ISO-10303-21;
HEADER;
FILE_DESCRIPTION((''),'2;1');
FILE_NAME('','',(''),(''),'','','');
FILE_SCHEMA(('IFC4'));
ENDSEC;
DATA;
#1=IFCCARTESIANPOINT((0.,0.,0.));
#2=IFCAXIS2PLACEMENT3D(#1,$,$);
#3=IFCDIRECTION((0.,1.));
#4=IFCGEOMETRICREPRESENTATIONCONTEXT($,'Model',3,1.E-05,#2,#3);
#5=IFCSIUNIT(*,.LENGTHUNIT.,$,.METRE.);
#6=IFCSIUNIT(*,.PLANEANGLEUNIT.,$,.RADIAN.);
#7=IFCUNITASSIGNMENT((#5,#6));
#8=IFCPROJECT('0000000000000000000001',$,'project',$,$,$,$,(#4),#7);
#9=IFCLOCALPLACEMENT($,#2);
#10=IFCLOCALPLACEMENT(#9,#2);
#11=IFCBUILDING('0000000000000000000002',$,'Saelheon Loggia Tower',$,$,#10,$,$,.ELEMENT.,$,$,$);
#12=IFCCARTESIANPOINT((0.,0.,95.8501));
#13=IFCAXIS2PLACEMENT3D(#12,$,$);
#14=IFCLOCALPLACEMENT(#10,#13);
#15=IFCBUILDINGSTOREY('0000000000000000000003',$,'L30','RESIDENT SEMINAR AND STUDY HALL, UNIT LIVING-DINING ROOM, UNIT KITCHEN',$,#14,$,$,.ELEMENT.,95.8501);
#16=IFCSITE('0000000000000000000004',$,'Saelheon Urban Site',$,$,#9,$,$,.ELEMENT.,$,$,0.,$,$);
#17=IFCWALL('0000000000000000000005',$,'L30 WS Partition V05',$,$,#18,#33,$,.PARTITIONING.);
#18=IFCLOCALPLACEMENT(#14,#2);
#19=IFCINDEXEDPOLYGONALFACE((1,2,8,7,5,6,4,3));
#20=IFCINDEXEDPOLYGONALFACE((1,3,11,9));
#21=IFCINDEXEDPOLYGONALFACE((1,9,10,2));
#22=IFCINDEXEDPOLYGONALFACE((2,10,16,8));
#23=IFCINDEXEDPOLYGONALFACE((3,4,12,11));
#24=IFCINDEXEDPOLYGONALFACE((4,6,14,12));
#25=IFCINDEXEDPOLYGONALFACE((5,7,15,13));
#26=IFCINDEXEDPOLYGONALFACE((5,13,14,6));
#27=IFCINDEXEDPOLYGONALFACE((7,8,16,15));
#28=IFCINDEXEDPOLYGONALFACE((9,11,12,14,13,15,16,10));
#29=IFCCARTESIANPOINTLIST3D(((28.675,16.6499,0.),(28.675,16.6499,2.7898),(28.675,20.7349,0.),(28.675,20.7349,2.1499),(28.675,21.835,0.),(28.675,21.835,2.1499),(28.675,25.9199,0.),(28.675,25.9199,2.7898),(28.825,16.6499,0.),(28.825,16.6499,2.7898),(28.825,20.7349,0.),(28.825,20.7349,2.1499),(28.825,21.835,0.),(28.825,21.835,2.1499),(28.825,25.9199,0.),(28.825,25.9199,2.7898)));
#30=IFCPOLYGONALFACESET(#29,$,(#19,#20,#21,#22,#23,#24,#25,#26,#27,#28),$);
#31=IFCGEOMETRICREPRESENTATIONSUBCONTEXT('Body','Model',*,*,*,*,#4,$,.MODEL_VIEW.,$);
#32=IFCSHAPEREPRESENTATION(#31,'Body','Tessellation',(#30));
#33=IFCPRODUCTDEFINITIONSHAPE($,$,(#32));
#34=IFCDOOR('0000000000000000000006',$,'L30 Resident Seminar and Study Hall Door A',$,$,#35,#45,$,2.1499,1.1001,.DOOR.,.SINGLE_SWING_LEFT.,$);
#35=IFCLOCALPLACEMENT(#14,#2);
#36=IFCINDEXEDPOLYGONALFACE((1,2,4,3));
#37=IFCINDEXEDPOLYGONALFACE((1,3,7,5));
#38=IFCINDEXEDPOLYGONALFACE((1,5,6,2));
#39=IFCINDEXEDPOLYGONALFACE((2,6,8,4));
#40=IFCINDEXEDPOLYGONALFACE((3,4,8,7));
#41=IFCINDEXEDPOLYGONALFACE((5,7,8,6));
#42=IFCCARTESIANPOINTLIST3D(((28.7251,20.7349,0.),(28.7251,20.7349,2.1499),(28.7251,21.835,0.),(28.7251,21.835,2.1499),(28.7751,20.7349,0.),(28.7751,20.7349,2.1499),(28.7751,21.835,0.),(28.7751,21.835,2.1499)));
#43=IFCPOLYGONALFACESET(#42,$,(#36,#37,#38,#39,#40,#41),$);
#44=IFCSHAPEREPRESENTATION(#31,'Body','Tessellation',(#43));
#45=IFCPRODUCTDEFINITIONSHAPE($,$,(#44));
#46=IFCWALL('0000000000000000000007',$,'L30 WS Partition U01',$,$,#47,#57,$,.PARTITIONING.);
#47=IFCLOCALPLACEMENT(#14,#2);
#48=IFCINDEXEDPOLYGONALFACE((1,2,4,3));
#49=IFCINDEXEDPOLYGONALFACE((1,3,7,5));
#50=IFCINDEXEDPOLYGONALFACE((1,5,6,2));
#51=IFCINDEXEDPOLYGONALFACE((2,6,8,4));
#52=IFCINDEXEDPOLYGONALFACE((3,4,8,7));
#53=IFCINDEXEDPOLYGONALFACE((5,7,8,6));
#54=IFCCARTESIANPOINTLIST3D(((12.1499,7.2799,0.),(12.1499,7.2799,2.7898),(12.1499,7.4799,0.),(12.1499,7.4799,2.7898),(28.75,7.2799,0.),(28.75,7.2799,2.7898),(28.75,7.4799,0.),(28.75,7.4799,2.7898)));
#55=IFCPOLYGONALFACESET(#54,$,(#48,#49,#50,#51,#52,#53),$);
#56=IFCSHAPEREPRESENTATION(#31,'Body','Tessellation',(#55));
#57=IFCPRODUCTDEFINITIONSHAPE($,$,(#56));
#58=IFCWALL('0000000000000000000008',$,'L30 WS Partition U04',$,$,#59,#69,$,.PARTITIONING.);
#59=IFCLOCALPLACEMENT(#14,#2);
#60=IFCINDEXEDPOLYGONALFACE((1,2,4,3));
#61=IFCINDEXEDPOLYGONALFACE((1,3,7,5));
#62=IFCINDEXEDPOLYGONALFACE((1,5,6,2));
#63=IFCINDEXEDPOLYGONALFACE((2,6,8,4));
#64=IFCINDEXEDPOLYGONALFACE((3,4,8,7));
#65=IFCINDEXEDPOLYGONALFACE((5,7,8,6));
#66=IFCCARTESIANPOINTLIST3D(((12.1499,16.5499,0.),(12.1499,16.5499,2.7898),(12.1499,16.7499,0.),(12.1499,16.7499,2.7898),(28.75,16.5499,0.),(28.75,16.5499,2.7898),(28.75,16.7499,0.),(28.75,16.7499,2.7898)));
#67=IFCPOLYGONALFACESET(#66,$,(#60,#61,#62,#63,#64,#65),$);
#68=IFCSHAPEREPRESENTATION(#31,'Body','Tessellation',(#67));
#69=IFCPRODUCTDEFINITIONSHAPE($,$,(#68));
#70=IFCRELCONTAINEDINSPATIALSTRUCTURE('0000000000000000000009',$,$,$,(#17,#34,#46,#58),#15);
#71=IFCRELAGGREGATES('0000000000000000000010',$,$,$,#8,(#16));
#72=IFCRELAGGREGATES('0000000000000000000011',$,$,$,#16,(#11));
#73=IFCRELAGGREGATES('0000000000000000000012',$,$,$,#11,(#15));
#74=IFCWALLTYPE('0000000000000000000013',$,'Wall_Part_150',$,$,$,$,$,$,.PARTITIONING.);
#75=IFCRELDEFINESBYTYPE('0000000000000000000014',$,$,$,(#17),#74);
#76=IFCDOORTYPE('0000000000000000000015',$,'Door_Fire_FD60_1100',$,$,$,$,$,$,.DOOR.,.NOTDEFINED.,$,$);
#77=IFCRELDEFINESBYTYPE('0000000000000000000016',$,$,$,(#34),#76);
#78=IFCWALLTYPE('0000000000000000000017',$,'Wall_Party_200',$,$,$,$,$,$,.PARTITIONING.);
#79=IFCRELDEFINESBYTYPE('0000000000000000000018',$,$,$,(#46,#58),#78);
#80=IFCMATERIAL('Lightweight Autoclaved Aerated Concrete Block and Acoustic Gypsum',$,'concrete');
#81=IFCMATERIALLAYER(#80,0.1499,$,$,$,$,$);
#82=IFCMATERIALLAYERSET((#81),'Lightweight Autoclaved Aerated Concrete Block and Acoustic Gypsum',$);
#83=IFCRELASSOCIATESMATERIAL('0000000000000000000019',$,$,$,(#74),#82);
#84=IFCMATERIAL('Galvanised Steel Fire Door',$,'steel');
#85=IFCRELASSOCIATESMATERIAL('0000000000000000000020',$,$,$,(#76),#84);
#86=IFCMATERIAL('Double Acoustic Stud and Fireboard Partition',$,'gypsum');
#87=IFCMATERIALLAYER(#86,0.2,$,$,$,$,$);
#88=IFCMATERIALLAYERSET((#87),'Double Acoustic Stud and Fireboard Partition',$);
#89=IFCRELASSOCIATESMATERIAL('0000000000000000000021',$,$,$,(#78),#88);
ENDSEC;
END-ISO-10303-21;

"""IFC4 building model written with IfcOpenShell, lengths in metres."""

from ifc_helpers import new_model, si_unit, direction, frame, frame_2d, origin, place, context, subcontext, project, spatial, rectangle, extrude, source, transform, mapped, material, layer, layer_set, type_object, element, fill, save


model = new_model("IFC4")

# Units and contexts
model_context = context("Model", 3, precision=1e-05, world=origin(), true_north=direction((0.0, 1.0)))
body_context = subcontext(model_context, "Body", "Model", "MODEL_VIEW")
ifc_project = project(units=[si_unit("LENGTHUNIT", "METRE"), si_unit("PLANEANGLEUNIT", "RADIAN")], contexts=[model_context])

# Site, building, storey
site_placement = place(None, origin())
site = spatial("IfcSite", under=ifc_project, at=site_placement, Name="Saelheon Urban Site", CompositionType="ELEMENT", RefElevation=0.0)
building_placement = place(site_placement, origin())
building = spatial("IfcBuilding", under=site, at=building_placement, Name="Saelheon Loggia Tower", CompositionType="ELEMENT")
storey_placement = place(building_placement, frame((0.0, 0.0, 95.8501)))
storey = spatial("IfcBuildingStorey", under=building, at=storey_placement, Name="L30", Description="RESIDENT SEMINAR AND STUDY HALL, UNIT LIVING-DINING ROOM, UNIT KITCHEN", CompositionType="ELEMENT", Elevation=95.8501)

# Shared definitions
shared_shape_1 = source(origin(), body_context, "Body", "SweptSolid", [
    extrude(rectangle(XDim=1.1001, YDim=2.1499, at=frame_2d((0.55, 1.075))), frame((0.0, 0.0249, 0.0), z_axis=(0.0, -1.0, 0.0), x_axis=(1.0, 0.0, 0.0)), (0.0, 0.0, 1.0), 0.05),
])

# Wall, opening, door
ifc_material_1 = material(Name="Lightweight Autoclaved Aerated Concrete Block and Acoustic Gypsum", Category="concrete")
ifc_layer_1 = layer(ifc_material_1, 0.1499)
ifc_layer_set_1 = layer_set([ifc_layer_1], Name="Lightweight Autoclaved Aerated Concrete Block and Acoustic Gypsum")
wall_type_1 = type_object("IfcWallType", Name="Wall_Part_150", PredefinedType="PARTITIONING", material=ifc_layer_set_1)
ifc_material_2 = material(Name="Galvanised Steel Fire Door", Category="steel")
door_type_1 = type_object("IfcDoorType", Name="Door_Fire_FD60_1100", OperationType="NOTDEFINED", PredefinedType="DOOR", material=ifc_material_2)
wall_1_placement = place(storey_placement, frame((28.75, 16.6499, 0.0), z_axis=(0.0, 0.0, 1.0), x_axis=(0.0, 1.0, 0.0)))
wall_1 = element("IfcWall", 1, at=wall_1_placement, inside=storey, type_object=wall_type_1, Name="L30 WS Partition V05", PredefinedType="PARTITIONING", context=body_context, shape_type="SweptSolid", body=[
    extrude(rectangle(XDim=9.27, YDim=0.1499, at=frame_2d((4.635, 0.0))), origin(), (0.0, 0.0, 1.0), 2.7898),
])
opening_1_placement = place(wall_1_placement, frame((4.085, 0.0, 0.0)))
opening_1 = element("IfcOpeningElement", 2, at=opening_1_placement, cuts=wall_1, PredefinedType="OPENING", context=body_context, shape_type="SweptSolid", body=[
    extrude(rectangle(XDim=1.1001, YDim=2.1499, at=frame_2d((0.55, 1.075))), frame((0.0, 0.0869, 0.0), z_axis=(0.0, -1.0, 0.0), x_axis=(1.0, 0.0, 0.0)), (0.0, 0.0, 1.0), 0.1738),
])
door_1_placement = place(opening_1_placement, origin())
door_1 = element("IfcDoor", 3, at=door_1_placement, inside=storey, type_object=door_type_1, Name="L30 Resident Seminar and Study Hall Door A", OperationType="SINGLE_SWING_LEFT", OverallHeight=2.1499, OverallWidth=1.1001, PredefinedType="DOOR", context=body_context, shape_type="MappedRepresentation", body=[
    mapped(shared_shape_1, transform((0.0, 0.0, 0.0), scale=1.0)),
])
fill(opening_1, door_1)

# Walls
ifc_material_3 = material(Name="Double Acoustic Stud and Fireboard Partition", Category="gypsum")
ifc_layer_2 = layer(ifc_material_3, 0.2)
ifc_layer_set_2 = layer_set([ifc_layer_2], Name="Double Acoustic Stud and Fireboard Partition")
wall_type_2 = type_object("IfcWallType", Name="Wall_Party_200", PredefinedType="PARTITIONING", material=ifc_layer_set_2)
for number, where, z_axis, x_axis, name in (
    (4, (28.75, 7.3799, 0.0), (0.0, 0.0, 1.0), (-1.0, 0.0, 0.0), "L30 WS Partition U01"),
    (5, (28.75, 16.6499, 0.0), (0.0, 0.0, 1.0), (-1.0, 0.0, 0.0), "L30 WS Partition U04"),
):
    element("IfcWall", number, at=place(storey_placement, frame(where, z_axis=z_axis, x_axis=x_axis)), inside=storey, type_object=wall_type_2, Name=name, PredefinedType="PARTITIONING", context=body_context, shape_type="SweptSolid", body=[
        extrude(rectangle(XDim=16.6001, YDim=0.2, at=frame_2d((8.3, 0.0))), origin(), (0.0, 0.0, 1.0), 2.7898),
    ])

save(model, "model.ifc")
